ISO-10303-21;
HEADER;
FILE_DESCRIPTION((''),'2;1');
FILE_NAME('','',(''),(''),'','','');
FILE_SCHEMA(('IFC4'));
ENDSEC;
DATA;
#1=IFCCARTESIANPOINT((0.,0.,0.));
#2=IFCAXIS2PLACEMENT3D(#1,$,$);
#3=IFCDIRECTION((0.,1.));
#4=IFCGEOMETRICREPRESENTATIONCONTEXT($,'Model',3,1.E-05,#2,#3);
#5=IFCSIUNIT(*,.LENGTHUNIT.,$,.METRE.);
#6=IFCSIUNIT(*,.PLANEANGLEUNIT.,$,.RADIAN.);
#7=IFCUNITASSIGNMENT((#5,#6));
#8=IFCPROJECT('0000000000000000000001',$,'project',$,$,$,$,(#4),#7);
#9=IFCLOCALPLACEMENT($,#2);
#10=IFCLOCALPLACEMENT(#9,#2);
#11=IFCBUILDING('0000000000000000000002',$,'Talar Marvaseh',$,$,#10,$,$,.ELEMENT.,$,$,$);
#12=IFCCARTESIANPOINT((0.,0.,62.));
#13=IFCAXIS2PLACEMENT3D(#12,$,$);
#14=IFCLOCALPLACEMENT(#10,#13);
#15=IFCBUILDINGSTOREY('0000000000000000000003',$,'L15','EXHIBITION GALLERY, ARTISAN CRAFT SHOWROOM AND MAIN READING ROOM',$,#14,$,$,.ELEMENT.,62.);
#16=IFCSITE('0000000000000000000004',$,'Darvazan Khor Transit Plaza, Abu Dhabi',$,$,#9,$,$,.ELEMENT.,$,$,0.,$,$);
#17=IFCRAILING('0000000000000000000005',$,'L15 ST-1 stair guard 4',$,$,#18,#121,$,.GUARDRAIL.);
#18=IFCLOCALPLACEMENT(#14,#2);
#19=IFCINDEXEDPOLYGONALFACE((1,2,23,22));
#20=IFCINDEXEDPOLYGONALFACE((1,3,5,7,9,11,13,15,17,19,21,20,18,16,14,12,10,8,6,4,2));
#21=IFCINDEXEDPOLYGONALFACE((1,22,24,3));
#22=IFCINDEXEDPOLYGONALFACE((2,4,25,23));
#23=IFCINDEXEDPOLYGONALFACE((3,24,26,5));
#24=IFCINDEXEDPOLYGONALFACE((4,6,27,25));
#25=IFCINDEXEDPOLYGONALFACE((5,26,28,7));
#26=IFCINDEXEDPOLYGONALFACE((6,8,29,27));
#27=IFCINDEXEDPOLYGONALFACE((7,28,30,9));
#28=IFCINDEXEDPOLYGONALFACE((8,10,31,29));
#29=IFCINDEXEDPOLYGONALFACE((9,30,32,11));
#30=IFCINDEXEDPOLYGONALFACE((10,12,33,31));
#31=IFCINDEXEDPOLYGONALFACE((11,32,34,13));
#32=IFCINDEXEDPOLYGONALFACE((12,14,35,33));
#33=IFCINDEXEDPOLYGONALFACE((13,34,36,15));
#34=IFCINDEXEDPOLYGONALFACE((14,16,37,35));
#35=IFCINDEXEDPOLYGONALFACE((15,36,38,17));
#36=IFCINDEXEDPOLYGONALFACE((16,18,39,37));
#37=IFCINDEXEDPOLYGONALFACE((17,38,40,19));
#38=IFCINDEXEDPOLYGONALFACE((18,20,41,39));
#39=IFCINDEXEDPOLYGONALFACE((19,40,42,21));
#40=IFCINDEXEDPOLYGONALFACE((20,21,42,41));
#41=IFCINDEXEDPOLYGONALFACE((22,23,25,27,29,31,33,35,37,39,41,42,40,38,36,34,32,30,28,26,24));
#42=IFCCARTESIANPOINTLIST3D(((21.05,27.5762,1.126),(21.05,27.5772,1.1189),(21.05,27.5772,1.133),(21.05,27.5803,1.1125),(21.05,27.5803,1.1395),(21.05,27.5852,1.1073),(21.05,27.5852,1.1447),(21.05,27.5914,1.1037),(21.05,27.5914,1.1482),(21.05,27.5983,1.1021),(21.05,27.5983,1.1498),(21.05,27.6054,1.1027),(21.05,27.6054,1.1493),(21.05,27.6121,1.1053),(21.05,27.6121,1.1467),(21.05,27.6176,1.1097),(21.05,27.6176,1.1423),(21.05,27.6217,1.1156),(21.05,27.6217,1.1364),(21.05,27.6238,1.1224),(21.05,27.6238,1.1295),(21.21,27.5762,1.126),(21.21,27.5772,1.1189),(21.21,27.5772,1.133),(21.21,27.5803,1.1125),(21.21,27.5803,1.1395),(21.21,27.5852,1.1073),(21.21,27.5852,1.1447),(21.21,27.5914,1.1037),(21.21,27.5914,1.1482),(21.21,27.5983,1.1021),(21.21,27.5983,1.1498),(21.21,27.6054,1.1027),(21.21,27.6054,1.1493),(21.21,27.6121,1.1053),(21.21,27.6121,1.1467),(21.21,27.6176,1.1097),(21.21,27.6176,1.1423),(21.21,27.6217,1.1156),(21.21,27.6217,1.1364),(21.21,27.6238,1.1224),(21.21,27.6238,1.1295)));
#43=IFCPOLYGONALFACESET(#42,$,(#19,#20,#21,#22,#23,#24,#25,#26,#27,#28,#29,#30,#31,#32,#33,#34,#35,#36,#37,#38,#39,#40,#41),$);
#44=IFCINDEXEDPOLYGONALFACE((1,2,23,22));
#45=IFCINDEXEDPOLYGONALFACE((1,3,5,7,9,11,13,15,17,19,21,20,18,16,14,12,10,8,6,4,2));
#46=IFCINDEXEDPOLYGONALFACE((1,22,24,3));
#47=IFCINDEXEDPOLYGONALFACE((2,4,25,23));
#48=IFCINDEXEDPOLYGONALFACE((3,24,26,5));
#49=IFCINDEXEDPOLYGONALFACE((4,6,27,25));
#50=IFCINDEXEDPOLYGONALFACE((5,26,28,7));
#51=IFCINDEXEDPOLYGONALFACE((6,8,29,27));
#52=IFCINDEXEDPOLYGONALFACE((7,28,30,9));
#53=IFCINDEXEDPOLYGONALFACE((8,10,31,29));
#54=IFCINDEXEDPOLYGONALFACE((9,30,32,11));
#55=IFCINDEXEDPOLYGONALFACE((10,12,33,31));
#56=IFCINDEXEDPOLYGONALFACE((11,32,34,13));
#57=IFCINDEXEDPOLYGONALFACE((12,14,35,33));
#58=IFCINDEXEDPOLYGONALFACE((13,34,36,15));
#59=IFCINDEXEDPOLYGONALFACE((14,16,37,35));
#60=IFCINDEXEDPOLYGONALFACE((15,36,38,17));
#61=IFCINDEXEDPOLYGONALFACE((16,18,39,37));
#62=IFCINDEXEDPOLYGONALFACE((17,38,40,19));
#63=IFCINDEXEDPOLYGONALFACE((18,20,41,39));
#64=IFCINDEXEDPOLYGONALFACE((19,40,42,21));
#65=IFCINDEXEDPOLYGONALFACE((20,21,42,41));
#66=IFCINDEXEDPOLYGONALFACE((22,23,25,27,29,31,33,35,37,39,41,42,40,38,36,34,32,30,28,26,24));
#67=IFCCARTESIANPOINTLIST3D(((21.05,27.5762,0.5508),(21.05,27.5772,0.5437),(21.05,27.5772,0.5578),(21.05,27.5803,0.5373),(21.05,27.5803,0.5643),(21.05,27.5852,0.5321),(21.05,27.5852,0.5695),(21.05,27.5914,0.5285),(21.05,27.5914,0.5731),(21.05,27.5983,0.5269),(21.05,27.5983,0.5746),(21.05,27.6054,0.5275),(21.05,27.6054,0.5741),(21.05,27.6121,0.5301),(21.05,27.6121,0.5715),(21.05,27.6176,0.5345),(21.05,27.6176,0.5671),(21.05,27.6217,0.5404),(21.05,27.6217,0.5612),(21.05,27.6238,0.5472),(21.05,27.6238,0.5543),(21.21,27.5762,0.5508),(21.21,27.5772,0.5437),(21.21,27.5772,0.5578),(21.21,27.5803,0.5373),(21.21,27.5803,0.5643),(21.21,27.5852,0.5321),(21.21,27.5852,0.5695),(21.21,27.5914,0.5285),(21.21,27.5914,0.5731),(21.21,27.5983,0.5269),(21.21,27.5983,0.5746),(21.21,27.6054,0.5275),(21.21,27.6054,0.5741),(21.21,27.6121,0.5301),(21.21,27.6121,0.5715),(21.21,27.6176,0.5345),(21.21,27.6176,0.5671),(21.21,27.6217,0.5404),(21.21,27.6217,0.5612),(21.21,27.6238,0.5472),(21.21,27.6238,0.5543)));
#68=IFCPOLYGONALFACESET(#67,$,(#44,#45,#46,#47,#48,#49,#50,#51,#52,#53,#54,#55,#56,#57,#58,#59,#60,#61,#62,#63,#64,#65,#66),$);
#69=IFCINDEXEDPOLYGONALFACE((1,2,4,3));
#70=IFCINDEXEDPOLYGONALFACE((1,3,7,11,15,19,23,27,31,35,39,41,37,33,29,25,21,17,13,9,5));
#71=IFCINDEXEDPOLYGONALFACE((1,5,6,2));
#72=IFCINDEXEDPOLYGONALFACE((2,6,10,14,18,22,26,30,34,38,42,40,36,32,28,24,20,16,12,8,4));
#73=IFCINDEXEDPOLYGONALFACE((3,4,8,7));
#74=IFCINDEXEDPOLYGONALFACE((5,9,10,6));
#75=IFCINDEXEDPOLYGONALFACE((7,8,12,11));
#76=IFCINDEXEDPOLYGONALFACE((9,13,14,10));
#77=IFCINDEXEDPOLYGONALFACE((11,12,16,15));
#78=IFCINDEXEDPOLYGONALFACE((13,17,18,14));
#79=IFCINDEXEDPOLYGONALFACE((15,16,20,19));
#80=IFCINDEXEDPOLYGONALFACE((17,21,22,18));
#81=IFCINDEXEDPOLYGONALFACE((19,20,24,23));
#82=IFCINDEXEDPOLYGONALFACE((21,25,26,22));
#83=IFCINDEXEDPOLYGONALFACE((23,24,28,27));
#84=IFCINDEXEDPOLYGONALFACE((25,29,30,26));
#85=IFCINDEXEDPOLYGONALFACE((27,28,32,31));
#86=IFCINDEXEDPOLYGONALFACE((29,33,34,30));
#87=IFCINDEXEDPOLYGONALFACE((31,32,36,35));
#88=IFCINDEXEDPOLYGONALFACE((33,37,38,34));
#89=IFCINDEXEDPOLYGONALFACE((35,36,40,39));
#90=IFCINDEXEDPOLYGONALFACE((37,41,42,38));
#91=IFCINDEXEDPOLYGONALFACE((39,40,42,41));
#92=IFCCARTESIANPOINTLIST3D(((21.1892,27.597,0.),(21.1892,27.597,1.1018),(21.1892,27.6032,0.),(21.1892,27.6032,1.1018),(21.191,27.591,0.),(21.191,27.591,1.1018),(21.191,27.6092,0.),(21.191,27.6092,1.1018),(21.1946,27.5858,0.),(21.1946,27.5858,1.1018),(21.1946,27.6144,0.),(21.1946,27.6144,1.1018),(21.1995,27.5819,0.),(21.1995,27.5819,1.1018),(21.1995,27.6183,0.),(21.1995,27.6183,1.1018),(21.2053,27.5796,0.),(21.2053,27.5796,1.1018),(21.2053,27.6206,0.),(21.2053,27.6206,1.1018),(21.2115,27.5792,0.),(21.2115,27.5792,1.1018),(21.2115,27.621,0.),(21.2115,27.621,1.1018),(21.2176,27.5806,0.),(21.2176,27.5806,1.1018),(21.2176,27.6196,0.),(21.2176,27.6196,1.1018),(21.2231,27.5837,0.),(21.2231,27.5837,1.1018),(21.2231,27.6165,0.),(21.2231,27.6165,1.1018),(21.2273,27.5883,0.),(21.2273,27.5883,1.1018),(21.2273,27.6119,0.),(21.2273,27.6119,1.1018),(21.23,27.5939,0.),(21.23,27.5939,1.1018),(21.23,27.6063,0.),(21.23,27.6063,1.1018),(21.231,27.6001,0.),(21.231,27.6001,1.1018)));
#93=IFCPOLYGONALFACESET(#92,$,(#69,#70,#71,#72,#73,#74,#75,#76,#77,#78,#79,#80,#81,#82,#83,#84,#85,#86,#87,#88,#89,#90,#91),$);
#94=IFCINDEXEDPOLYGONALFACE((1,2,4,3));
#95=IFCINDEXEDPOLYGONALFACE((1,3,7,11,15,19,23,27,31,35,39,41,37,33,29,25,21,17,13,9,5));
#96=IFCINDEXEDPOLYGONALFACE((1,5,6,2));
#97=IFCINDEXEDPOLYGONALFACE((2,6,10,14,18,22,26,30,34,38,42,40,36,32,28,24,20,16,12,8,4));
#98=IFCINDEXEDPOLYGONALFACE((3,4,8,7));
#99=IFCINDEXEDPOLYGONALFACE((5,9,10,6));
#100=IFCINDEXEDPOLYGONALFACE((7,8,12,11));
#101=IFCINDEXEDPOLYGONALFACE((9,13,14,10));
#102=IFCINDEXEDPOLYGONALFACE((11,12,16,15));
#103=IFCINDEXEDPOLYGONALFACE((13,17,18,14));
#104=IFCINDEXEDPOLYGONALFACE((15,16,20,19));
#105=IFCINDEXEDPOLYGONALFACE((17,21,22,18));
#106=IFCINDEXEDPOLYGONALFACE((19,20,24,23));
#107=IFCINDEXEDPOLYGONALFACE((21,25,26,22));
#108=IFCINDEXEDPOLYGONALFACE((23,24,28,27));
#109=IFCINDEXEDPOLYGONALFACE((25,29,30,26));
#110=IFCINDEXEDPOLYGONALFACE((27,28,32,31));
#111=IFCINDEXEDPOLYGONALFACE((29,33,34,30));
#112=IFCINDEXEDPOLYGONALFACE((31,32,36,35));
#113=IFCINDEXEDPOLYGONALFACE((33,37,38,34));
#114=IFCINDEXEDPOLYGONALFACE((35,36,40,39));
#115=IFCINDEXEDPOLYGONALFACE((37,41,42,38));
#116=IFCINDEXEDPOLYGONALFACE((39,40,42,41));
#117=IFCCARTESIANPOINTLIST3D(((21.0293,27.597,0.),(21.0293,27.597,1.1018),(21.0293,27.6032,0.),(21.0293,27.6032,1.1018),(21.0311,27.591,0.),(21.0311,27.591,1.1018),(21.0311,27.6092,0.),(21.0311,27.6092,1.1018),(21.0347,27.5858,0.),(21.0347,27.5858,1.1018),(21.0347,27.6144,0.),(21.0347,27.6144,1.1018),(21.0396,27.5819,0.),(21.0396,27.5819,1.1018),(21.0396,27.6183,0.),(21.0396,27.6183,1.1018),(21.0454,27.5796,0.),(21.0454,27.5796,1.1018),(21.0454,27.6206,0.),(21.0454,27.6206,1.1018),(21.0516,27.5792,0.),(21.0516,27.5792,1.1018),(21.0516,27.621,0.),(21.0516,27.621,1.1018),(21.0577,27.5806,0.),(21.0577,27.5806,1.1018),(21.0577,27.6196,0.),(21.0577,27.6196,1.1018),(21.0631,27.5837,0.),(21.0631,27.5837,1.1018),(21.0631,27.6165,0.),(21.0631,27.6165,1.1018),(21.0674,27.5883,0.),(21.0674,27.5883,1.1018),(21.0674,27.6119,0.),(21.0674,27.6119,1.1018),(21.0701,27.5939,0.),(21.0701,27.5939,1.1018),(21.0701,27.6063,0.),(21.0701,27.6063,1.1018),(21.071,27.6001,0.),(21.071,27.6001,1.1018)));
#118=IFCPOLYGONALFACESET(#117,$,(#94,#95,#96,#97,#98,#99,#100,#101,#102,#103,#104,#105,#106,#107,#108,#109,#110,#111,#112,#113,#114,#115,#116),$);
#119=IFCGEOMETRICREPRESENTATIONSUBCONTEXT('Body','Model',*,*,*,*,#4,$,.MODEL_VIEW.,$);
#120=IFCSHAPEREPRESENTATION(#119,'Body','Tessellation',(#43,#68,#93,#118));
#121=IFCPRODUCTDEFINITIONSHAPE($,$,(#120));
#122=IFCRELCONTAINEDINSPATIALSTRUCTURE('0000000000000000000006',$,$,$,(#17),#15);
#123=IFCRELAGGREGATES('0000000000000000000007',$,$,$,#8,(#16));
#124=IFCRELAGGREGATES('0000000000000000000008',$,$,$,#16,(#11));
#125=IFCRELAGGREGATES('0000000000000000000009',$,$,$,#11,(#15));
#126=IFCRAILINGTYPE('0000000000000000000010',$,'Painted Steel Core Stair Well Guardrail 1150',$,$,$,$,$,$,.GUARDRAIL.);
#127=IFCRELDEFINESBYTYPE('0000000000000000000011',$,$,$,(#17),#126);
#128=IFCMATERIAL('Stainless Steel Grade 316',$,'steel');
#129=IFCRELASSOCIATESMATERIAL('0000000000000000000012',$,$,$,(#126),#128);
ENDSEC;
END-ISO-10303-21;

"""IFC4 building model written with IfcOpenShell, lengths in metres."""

from ifc_helpers import new_model, si_unit, direction, frame, origin, origin_2d, place, context, subcontext, project, spatial, circle, extrude, material, type_object, element, save


model = new_model("IFC4")

# Units and contexts
model_context = context("Model", 3, precision=1e-05, world=origin(), true_north=direction((0.0, 1.0)))
body_context = subcontext(model_context, "Body", "Model", "MODEL_VIEW")
ifc_project = project(units=[si_unit("LENGTHUNIT", "METRE"), si_unit("PLANEANGLEUNIT", "RADIAN")], contexts=[model_context])

# Site, building, storey
site_placement = place(None, origin())
site = spatial("IfcSite", under=ifc_project, at=site_placement, Name="Darvazan Khor Transit Plaza, Abu Dhabi", CompositionType="ELEMENT", RefElevation=0.0)
building_placement = place(site_placement, origin())
building = spatial("IfcBuilding", under=site, at=building_placement, Name="Talar Marvaseh", CompositionType="ELEMENT")
storey_placement = place(building_placement, frame((0.0, 0.0, 62.0)))
storey = spatial("IfcBuildingStorey", under=building, at=storey_placement, Name="L15", Description="EXHIBITION GALLERY, ARTISAN CRAFT SHOWROOM AND MAIN READING ROOM", CompositionType="ELEMENT", Elevation=62.0)

# Railing
ifc_material_1 = material(Name="Stainless Steel Grade 316", Category="steel")
railing_type_1 = type_object("IfcRailingType", Name="Painted Steel Core Stair Well Guardrail 1150", PredefinedType="GUARDRAIL", material=ifc_material_1)
railing_1_placement = place(storey_placement, frame((21.21, 27.6001, 0.0)))
element("IfcRailing", 1, at=railing_1_placement, inside=storey, type_object=railing_type_1, Name="L15 ST-1 stair guard 4", PredefinedType="GUARDRAIL", context=body_context, shape_type="SweptSolid", body=[
    extrude(circle(Radius=0.0239, at=origin_2d()), frame((0.0, 0.0, 1.126), z_axis=(-1.0, 0.0, 0.0), x_axis=(0.0, -1.0, 0.0)), (0.0, 0.0, 1.0), 0.1599),
    extrude(circle(Radius=0.0239, at=origin_2d()), frame((0.0, 0.0, 0.5508), z_axis=(-1.0, 0.0, 0.0), x_axis=(0.0, -1.0, 0.0)), (0.0, 0.0, 1.0), 0.1599),
    extrude(circle(Radius=0.021, at=origin_2d()), origin(), (0.0, 0.0, 1.0), 1.1018),
    extrude(circle(Radius=0.021, at=origin_2d()), frame((-0.1599, 0.0, 0.0)), (0.0, 0.0, 1.0), 1.1018),
])

save(model, "model.ifc")
